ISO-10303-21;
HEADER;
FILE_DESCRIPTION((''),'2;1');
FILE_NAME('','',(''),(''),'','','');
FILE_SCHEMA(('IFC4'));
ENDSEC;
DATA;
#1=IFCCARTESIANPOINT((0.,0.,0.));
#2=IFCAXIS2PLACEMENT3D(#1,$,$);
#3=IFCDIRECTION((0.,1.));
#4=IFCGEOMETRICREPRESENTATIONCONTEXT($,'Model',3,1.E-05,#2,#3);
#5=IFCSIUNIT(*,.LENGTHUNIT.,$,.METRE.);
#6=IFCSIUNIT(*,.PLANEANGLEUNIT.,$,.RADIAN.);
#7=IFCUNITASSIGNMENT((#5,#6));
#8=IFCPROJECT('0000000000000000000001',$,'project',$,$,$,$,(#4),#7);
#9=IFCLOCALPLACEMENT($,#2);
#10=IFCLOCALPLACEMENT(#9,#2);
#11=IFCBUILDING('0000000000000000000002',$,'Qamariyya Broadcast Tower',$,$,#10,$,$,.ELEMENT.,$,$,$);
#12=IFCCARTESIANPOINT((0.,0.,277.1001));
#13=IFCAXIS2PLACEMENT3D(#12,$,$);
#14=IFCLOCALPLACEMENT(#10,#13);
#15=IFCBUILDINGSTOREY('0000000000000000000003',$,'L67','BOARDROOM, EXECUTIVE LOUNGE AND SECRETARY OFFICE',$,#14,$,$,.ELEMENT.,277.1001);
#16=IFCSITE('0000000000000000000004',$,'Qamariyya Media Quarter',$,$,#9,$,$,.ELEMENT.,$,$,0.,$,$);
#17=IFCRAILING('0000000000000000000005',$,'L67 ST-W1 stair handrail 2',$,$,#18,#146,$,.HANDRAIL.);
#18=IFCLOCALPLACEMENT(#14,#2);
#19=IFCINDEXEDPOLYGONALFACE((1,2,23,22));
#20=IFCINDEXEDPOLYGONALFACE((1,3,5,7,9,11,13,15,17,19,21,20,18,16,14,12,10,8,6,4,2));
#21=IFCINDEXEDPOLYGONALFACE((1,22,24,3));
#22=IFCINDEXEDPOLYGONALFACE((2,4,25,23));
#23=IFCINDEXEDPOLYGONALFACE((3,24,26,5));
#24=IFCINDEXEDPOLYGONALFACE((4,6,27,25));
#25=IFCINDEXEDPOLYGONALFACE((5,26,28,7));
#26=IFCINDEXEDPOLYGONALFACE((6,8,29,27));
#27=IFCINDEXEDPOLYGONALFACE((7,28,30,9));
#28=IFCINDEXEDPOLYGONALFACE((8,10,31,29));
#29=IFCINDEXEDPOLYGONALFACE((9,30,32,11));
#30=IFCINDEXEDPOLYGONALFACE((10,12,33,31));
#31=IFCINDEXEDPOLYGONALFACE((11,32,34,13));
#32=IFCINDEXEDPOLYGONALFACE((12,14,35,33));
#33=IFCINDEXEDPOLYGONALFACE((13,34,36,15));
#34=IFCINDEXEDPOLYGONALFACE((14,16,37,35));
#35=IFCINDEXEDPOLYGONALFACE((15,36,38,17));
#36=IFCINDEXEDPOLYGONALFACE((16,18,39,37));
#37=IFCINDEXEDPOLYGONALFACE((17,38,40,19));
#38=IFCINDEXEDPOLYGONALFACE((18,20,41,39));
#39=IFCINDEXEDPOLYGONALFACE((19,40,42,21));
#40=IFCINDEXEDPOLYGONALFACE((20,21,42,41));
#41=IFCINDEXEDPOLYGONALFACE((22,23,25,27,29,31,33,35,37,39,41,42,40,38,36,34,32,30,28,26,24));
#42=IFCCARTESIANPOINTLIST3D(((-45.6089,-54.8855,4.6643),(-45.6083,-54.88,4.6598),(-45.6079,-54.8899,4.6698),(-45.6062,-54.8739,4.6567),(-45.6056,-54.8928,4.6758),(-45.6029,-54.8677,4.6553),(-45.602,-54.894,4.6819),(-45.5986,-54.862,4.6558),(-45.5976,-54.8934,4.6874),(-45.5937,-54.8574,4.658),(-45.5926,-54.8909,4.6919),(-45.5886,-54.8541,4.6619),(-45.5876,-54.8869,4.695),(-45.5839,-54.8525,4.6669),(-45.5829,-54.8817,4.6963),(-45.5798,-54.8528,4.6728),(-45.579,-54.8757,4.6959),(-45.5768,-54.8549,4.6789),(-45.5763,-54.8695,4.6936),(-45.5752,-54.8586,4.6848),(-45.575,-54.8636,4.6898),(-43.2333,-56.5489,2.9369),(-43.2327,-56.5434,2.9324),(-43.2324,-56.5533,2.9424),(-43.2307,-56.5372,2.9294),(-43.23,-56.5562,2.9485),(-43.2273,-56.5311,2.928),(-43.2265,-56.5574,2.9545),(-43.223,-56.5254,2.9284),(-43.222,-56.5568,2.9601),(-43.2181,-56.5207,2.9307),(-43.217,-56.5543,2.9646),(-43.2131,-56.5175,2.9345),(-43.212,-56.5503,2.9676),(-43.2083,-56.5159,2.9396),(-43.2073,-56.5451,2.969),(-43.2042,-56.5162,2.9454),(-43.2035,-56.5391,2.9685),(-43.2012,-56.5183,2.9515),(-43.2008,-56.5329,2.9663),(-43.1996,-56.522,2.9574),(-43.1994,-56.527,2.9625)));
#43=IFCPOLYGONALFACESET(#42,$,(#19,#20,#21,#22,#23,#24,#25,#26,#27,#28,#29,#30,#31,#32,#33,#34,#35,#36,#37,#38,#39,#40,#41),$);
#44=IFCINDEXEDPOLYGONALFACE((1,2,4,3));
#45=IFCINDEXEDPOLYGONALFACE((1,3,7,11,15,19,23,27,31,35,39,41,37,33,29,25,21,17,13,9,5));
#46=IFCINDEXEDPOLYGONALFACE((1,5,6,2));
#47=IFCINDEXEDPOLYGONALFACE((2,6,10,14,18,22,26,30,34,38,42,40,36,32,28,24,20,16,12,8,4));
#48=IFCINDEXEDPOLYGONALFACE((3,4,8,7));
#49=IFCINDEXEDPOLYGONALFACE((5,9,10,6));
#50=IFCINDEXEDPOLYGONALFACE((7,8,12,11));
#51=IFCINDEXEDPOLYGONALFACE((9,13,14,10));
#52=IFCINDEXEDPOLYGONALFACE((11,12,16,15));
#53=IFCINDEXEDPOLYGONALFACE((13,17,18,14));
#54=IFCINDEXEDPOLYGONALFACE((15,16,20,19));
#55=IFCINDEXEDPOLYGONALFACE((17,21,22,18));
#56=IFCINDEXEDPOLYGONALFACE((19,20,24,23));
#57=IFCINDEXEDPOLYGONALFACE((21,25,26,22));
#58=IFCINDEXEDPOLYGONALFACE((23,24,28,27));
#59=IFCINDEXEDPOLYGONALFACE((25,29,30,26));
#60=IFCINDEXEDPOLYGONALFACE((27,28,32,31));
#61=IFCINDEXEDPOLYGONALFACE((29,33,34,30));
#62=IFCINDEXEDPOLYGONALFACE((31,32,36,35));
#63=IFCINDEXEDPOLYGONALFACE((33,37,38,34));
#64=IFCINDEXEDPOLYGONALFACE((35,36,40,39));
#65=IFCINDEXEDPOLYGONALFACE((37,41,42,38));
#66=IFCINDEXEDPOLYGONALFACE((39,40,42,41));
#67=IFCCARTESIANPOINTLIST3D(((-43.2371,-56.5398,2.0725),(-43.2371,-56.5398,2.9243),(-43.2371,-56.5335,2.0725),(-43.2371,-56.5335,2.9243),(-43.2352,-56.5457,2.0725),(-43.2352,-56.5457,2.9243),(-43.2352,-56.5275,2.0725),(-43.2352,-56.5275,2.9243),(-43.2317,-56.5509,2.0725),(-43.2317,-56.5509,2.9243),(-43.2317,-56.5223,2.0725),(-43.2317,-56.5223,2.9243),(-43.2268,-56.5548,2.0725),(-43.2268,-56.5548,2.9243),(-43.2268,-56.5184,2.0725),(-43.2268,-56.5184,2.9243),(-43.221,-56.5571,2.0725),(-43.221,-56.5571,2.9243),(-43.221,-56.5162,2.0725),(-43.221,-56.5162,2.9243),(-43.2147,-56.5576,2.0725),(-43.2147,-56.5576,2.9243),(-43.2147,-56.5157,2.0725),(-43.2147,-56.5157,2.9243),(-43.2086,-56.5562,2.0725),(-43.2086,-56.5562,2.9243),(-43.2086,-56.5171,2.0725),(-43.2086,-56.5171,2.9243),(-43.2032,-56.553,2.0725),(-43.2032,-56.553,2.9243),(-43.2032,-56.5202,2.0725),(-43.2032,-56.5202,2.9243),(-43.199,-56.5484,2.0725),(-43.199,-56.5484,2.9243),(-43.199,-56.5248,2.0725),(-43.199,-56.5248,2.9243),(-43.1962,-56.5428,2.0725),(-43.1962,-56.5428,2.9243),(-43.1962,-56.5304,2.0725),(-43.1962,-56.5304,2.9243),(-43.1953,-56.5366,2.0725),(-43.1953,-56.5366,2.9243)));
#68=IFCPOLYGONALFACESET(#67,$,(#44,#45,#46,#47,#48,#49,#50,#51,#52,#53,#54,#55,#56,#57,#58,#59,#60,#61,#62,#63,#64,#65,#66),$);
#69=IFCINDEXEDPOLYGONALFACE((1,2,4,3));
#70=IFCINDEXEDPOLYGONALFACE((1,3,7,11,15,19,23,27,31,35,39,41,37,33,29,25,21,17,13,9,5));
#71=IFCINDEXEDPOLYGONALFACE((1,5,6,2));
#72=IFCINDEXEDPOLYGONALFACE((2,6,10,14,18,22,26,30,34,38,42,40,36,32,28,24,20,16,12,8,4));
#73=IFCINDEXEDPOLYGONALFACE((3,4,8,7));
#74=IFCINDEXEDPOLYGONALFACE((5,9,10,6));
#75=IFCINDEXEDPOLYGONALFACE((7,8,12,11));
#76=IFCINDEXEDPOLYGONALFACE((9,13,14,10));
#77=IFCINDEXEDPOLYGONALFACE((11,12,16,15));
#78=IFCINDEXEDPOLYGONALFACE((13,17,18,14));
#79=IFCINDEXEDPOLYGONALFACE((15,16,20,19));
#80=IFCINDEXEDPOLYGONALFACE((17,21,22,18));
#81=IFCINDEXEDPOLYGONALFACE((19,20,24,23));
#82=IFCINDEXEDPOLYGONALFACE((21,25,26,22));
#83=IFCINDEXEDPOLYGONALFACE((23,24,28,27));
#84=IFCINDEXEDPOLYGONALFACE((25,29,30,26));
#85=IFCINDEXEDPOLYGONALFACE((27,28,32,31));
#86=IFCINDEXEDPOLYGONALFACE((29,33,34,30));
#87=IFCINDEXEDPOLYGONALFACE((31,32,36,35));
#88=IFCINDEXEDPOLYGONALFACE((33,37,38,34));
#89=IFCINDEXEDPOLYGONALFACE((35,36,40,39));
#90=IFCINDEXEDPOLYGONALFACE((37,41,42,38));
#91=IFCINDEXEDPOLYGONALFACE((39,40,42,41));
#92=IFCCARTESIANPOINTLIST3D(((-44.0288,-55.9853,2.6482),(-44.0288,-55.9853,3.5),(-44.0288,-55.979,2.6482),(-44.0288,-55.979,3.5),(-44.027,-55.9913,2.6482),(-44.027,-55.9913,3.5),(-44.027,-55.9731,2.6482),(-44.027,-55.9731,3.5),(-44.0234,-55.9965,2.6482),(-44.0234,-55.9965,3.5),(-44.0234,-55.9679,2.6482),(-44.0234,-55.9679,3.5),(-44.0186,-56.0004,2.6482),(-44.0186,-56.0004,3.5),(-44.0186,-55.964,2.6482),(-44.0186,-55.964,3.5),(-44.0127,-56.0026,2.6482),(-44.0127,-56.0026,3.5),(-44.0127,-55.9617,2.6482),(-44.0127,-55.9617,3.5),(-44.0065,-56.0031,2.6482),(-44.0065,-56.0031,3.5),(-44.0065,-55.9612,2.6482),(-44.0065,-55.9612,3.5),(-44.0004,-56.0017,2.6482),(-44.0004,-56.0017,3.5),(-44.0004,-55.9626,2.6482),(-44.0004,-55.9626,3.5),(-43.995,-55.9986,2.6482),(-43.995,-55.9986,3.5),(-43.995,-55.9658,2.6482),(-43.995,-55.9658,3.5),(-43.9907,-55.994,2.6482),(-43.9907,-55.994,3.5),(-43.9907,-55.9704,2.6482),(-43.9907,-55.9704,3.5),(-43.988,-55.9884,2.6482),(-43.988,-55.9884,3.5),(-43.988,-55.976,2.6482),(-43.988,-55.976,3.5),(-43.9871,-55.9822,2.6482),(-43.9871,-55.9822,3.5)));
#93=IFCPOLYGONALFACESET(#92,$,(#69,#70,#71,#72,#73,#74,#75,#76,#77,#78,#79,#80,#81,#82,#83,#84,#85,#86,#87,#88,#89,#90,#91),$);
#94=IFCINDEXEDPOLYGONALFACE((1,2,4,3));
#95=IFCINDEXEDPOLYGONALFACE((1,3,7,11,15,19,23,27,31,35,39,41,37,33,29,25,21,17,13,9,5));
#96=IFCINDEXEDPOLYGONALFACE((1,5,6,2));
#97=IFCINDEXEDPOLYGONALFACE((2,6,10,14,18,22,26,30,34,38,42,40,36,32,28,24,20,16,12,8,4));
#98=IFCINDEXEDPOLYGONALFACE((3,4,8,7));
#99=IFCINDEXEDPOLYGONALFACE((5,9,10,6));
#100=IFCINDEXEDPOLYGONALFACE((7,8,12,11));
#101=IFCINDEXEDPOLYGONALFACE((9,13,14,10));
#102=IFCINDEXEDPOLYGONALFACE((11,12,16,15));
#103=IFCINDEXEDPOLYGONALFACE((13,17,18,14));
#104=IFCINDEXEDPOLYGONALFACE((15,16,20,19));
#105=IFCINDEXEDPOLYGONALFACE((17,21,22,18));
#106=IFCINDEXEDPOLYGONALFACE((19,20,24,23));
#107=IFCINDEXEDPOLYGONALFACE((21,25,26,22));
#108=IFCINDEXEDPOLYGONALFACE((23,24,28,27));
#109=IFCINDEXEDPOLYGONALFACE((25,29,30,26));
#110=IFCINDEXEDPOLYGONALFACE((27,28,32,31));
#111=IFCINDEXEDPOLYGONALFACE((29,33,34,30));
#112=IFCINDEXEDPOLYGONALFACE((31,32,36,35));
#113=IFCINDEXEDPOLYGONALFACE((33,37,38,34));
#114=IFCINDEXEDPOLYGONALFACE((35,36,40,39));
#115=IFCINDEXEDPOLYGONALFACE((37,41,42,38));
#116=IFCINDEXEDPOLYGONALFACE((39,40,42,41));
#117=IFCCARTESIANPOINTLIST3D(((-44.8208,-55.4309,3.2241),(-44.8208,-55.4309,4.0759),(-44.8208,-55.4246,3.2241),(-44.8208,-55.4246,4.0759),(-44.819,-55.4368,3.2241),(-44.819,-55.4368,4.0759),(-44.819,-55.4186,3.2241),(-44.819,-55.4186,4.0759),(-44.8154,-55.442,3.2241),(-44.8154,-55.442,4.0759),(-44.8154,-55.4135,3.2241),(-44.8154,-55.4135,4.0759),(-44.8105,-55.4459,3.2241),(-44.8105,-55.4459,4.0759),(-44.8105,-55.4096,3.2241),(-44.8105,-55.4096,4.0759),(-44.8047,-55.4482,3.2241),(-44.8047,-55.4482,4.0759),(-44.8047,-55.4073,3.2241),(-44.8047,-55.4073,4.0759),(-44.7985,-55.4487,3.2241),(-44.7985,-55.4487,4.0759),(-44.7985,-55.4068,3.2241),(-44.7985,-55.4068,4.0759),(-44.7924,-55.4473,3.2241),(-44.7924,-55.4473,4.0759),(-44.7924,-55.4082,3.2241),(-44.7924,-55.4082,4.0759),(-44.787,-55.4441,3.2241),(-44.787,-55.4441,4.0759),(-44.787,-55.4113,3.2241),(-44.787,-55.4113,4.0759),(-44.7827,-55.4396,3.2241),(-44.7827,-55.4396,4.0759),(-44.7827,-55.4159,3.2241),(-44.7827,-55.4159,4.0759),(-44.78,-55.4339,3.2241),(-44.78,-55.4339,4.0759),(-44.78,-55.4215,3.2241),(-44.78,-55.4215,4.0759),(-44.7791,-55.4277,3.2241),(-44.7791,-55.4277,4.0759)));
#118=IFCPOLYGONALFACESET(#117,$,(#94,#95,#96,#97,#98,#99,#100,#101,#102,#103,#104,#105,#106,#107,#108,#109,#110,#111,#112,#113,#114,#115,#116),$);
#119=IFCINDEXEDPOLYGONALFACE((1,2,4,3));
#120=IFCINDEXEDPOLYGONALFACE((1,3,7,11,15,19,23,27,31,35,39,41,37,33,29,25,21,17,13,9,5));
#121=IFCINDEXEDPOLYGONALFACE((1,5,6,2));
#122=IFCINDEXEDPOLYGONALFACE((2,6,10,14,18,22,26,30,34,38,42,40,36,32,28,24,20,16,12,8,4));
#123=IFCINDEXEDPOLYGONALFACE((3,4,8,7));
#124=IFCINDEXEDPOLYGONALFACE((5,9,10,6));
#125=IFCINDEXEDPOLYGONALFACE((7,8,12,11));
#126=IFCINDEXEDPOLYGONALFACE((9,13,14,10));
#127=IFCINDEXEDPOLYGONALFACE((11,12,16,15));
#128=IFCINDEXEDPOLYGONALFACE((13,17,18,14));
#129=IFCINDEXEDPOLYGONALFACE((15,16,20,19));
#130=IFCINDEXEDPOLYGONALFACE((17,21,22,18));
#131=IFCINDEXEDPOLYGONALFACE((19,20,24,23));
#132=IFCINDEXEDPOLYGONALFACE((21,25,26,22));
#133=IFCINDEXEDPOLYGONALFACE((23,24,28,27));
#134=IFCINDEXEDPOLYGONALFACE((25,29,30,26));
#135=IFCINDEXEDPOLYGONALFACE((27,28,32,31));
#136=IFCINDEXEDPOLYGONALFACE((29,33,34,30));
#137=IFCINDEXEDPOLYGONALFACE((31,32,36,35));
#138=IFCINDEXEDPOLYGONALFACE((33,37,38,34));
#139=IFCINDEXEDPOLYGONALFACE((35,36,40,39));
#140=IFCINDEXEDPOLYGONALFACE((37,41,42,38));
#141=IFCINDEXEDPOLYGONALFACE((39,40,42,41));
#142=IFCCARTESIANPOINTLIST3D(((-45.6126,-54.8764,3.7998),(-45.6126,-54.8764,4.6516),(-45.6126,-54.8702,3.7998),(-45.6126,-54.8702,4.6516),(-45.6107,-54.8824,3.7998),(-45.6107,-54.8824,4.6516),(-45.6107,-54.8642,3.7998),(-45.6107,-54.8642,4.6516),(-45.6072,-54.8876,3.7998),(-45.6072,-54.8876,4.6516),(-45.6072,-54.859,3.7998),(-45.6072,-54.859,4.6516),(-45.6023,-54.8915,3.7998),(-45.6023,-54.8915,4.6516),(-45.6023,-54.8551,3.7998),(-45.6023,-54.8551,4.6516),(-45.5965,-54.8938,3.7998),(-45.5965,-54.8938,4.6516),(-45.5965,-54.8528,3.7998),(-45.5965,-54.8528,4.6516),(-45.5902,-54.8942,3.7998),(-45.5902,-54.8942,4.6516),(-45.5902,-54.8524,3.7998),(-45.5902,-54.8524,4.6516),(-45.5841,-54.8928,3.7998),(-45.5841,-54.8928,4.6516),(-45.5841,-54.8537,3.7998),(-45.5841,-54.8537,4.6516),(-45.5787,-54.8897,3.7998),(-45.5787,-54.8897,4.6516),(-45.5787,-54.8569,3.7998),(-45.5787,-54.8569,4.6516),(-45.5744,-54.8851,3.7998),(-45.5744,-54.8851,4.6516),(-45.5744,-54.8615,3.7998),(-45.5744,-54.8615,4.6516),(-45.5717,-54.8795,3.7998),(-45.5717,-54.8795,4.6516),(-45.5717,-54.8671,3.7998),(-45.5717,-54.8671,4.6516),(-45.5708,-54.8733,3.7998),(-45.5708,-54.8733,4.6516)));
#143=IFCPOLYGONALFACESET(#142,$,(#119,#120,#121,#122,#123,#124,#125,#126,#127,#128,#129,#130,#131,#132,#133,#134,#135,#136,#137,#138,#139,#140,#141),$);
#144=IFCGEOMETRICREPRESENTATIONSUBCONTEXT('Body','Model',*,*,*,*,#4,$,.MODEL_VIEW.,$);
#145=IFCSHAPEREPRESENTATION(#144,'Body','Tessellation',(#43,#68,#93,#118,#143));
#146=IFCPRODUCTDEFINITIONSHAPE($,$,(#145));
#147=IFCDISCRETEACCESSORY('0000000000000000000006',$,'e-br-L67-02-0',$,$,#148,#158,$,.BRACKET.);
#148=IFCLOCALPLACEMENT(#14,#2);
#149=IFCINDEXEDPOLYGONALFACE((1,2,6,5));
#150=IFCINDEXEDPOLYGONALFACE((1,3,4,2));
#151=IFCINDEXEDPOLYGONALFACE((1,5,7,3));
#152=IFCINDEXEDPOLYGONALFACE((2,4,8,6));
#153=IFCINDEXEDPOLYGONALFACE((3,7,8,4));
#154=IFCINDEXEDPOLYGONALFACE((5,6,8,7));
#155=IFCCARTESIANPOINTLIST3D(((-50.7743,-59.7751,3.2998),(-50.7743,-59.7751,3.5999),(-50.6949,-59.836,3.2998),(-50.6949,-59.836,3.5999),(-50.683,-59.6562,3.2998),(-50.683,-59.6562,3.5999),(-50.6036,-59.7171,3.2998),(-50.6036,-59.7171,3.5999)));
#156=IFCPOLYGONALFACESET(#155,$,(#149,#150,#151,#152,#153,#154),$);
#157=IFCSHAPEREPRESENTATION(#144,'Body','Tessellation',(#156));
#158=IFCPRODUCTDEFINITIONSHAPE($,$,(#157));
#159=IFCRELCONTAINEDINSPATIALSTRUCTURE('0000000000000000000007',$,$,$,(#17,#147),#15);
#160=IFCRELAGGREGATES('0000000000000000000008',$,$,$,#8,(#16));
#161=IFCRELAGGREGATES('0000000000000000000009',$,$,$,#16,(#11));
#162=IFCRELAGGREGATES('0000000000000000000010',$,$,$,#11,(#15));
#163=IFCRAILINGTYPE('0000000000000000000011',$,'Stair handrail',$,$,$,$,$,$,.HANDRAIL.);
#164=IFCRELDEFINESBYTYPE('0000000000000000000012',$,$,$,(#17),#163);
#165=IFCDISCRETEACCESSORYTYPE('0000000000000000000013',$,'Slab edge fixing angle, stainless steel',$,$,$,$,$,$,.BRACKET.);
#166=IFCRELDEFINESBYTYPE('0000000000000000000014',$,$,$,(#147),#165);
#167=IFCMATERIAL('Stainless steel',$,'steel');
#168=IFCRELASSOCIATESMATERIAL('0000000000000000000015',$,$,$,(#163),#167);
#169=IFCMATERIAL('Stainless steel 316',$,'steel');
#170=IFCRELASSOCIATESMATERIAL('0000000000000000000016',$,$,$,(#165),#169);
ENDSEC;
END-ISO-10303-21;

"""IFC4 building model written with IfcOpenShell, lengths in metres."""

from ifc_helpers import new_model, si_unit, direction, frame, origin, origin_2d, place, context, subcontext, project, spatial, rectangle, circle, extrude, material, type_object, element, save


model = new_model("IFC4")

# Units and contexts
model_context = context("Model", 3, precision=1e-05, world=origin(), true_north=direction((0.0, 1.0)))
body_context = subcontext(model_context, "Body", "Model", "MODEL_VIEW")
ifc_project = project(units=[si_unit("LENGTHUNIT", "METRE"), si_unit("PLANEANGLEUNIT", "RADIAN")], contexts=[model_context])

# Site, building, storey
site_placement = place(None, origin())
site = spatial("IfcSite", under=ifc_project, at=site_placement, Name="Qamariyya Media Quarter", CompositionType="ELEMENT", RefElevation=0.0)
building_placement = place(site_placement, origin())
building = spatial("IfcBuilding", under=site, at=building_placement, Name="Qamariyya Broadcast Tower", CompositionType="ELEMENT")
storey_placement = place(building_placement, frame((0.0, 0.0, 277.1001)))
storey = spatial("IfcBuildingStorey", under=building, at=storey_placement, Name="L67", Description="BOARDROOM, EXECUTIVE LOUNGE AND SECRETARY OFFICE", CompositionType="ELEMENT", Elevation=277.1001)

# Railing
ifc_material_1 = material(Name="Stainless steel", Category="steel")
railing_type_1 = type_object("IfcRailingType", Name="Stair handrail", PredefinedType="HANDRAIL", material=ifc_material_1)
railing_1_placement = place(storey_placement, frame((-43.2163, -56.5366, 2.0725)))
element("IfcRailing", 1, at=railing_1_placement, inside=storey, type_object=railing_type_1, Name="L67 ST-W1 stair handrail 2", PredefinedType="HANDRAIL", context=body_context, shape_type="SweptSolid", body=[
    extrude(circle(Radius=0.0239, at=origin_2d()), frame((0.0, 0.0, 0.876), z_axis=(-0.70377, 0.492784, 0.511734), x_axis=(-0.573575, -0.819153, 0.0)), (0.0, 0.0, 1.0), 3.3755),
    extrude(circle(Radius=0.021, at=origin_2d()), origin(), (0.0, 0.0, 1.0), 0.8518),
    extrude(circle(Radius=0.021, at=origin_2d()), frame((-0.7917, 0.5544, 0.5757)), (0.0, 0.0, 1.0), 0.8518),
    extrude(circle(Radius=0.021, at=origin_2d()), frame((-1.5837, 1.1089, 1.1516)), (0.0, 0.0, 1.0), 0.8518),
    extrude(circle(Radius=0.021, at=origin_2d()), frame((-2.3755, 1.6633, 1.7273)), (0.0, 0.0, 1.0), 0.8518),
])

# Discrete accessory
ifc_material_2 = material(Name="Stainless steel 316", Category="steel")
discrete_accessory_type = type_object("IfcDiscreteAccessoryType", Name="Slab edge fixing angle, stainless steel", PredefinedType="BRACKET", material=ifc_material_2)
discrete_accessory_placement = place(storey_placement, frame((-50.689, -59.7461, 3.2998), z_axis=(0.0, 0.0, 1.0), x_axis=(0.793353, -0.608761, 0.0)))
element("IfcDiscreteAccessory", 2, at=discrete_accessory_placement, inside=storey, type_object=discrete_accessory_type, Name="e-br-L67-02-0", PredefinedType="BRACKET", context=body_context, shape_type="SweptSolid", body=[
    extrude(rectangle(XDim=0.1001, YDim=0.1499, at=origin_2d()), origin(), (0.0, 0.0, 1.0), 0.3),
])

save(model, "model.ifc")
